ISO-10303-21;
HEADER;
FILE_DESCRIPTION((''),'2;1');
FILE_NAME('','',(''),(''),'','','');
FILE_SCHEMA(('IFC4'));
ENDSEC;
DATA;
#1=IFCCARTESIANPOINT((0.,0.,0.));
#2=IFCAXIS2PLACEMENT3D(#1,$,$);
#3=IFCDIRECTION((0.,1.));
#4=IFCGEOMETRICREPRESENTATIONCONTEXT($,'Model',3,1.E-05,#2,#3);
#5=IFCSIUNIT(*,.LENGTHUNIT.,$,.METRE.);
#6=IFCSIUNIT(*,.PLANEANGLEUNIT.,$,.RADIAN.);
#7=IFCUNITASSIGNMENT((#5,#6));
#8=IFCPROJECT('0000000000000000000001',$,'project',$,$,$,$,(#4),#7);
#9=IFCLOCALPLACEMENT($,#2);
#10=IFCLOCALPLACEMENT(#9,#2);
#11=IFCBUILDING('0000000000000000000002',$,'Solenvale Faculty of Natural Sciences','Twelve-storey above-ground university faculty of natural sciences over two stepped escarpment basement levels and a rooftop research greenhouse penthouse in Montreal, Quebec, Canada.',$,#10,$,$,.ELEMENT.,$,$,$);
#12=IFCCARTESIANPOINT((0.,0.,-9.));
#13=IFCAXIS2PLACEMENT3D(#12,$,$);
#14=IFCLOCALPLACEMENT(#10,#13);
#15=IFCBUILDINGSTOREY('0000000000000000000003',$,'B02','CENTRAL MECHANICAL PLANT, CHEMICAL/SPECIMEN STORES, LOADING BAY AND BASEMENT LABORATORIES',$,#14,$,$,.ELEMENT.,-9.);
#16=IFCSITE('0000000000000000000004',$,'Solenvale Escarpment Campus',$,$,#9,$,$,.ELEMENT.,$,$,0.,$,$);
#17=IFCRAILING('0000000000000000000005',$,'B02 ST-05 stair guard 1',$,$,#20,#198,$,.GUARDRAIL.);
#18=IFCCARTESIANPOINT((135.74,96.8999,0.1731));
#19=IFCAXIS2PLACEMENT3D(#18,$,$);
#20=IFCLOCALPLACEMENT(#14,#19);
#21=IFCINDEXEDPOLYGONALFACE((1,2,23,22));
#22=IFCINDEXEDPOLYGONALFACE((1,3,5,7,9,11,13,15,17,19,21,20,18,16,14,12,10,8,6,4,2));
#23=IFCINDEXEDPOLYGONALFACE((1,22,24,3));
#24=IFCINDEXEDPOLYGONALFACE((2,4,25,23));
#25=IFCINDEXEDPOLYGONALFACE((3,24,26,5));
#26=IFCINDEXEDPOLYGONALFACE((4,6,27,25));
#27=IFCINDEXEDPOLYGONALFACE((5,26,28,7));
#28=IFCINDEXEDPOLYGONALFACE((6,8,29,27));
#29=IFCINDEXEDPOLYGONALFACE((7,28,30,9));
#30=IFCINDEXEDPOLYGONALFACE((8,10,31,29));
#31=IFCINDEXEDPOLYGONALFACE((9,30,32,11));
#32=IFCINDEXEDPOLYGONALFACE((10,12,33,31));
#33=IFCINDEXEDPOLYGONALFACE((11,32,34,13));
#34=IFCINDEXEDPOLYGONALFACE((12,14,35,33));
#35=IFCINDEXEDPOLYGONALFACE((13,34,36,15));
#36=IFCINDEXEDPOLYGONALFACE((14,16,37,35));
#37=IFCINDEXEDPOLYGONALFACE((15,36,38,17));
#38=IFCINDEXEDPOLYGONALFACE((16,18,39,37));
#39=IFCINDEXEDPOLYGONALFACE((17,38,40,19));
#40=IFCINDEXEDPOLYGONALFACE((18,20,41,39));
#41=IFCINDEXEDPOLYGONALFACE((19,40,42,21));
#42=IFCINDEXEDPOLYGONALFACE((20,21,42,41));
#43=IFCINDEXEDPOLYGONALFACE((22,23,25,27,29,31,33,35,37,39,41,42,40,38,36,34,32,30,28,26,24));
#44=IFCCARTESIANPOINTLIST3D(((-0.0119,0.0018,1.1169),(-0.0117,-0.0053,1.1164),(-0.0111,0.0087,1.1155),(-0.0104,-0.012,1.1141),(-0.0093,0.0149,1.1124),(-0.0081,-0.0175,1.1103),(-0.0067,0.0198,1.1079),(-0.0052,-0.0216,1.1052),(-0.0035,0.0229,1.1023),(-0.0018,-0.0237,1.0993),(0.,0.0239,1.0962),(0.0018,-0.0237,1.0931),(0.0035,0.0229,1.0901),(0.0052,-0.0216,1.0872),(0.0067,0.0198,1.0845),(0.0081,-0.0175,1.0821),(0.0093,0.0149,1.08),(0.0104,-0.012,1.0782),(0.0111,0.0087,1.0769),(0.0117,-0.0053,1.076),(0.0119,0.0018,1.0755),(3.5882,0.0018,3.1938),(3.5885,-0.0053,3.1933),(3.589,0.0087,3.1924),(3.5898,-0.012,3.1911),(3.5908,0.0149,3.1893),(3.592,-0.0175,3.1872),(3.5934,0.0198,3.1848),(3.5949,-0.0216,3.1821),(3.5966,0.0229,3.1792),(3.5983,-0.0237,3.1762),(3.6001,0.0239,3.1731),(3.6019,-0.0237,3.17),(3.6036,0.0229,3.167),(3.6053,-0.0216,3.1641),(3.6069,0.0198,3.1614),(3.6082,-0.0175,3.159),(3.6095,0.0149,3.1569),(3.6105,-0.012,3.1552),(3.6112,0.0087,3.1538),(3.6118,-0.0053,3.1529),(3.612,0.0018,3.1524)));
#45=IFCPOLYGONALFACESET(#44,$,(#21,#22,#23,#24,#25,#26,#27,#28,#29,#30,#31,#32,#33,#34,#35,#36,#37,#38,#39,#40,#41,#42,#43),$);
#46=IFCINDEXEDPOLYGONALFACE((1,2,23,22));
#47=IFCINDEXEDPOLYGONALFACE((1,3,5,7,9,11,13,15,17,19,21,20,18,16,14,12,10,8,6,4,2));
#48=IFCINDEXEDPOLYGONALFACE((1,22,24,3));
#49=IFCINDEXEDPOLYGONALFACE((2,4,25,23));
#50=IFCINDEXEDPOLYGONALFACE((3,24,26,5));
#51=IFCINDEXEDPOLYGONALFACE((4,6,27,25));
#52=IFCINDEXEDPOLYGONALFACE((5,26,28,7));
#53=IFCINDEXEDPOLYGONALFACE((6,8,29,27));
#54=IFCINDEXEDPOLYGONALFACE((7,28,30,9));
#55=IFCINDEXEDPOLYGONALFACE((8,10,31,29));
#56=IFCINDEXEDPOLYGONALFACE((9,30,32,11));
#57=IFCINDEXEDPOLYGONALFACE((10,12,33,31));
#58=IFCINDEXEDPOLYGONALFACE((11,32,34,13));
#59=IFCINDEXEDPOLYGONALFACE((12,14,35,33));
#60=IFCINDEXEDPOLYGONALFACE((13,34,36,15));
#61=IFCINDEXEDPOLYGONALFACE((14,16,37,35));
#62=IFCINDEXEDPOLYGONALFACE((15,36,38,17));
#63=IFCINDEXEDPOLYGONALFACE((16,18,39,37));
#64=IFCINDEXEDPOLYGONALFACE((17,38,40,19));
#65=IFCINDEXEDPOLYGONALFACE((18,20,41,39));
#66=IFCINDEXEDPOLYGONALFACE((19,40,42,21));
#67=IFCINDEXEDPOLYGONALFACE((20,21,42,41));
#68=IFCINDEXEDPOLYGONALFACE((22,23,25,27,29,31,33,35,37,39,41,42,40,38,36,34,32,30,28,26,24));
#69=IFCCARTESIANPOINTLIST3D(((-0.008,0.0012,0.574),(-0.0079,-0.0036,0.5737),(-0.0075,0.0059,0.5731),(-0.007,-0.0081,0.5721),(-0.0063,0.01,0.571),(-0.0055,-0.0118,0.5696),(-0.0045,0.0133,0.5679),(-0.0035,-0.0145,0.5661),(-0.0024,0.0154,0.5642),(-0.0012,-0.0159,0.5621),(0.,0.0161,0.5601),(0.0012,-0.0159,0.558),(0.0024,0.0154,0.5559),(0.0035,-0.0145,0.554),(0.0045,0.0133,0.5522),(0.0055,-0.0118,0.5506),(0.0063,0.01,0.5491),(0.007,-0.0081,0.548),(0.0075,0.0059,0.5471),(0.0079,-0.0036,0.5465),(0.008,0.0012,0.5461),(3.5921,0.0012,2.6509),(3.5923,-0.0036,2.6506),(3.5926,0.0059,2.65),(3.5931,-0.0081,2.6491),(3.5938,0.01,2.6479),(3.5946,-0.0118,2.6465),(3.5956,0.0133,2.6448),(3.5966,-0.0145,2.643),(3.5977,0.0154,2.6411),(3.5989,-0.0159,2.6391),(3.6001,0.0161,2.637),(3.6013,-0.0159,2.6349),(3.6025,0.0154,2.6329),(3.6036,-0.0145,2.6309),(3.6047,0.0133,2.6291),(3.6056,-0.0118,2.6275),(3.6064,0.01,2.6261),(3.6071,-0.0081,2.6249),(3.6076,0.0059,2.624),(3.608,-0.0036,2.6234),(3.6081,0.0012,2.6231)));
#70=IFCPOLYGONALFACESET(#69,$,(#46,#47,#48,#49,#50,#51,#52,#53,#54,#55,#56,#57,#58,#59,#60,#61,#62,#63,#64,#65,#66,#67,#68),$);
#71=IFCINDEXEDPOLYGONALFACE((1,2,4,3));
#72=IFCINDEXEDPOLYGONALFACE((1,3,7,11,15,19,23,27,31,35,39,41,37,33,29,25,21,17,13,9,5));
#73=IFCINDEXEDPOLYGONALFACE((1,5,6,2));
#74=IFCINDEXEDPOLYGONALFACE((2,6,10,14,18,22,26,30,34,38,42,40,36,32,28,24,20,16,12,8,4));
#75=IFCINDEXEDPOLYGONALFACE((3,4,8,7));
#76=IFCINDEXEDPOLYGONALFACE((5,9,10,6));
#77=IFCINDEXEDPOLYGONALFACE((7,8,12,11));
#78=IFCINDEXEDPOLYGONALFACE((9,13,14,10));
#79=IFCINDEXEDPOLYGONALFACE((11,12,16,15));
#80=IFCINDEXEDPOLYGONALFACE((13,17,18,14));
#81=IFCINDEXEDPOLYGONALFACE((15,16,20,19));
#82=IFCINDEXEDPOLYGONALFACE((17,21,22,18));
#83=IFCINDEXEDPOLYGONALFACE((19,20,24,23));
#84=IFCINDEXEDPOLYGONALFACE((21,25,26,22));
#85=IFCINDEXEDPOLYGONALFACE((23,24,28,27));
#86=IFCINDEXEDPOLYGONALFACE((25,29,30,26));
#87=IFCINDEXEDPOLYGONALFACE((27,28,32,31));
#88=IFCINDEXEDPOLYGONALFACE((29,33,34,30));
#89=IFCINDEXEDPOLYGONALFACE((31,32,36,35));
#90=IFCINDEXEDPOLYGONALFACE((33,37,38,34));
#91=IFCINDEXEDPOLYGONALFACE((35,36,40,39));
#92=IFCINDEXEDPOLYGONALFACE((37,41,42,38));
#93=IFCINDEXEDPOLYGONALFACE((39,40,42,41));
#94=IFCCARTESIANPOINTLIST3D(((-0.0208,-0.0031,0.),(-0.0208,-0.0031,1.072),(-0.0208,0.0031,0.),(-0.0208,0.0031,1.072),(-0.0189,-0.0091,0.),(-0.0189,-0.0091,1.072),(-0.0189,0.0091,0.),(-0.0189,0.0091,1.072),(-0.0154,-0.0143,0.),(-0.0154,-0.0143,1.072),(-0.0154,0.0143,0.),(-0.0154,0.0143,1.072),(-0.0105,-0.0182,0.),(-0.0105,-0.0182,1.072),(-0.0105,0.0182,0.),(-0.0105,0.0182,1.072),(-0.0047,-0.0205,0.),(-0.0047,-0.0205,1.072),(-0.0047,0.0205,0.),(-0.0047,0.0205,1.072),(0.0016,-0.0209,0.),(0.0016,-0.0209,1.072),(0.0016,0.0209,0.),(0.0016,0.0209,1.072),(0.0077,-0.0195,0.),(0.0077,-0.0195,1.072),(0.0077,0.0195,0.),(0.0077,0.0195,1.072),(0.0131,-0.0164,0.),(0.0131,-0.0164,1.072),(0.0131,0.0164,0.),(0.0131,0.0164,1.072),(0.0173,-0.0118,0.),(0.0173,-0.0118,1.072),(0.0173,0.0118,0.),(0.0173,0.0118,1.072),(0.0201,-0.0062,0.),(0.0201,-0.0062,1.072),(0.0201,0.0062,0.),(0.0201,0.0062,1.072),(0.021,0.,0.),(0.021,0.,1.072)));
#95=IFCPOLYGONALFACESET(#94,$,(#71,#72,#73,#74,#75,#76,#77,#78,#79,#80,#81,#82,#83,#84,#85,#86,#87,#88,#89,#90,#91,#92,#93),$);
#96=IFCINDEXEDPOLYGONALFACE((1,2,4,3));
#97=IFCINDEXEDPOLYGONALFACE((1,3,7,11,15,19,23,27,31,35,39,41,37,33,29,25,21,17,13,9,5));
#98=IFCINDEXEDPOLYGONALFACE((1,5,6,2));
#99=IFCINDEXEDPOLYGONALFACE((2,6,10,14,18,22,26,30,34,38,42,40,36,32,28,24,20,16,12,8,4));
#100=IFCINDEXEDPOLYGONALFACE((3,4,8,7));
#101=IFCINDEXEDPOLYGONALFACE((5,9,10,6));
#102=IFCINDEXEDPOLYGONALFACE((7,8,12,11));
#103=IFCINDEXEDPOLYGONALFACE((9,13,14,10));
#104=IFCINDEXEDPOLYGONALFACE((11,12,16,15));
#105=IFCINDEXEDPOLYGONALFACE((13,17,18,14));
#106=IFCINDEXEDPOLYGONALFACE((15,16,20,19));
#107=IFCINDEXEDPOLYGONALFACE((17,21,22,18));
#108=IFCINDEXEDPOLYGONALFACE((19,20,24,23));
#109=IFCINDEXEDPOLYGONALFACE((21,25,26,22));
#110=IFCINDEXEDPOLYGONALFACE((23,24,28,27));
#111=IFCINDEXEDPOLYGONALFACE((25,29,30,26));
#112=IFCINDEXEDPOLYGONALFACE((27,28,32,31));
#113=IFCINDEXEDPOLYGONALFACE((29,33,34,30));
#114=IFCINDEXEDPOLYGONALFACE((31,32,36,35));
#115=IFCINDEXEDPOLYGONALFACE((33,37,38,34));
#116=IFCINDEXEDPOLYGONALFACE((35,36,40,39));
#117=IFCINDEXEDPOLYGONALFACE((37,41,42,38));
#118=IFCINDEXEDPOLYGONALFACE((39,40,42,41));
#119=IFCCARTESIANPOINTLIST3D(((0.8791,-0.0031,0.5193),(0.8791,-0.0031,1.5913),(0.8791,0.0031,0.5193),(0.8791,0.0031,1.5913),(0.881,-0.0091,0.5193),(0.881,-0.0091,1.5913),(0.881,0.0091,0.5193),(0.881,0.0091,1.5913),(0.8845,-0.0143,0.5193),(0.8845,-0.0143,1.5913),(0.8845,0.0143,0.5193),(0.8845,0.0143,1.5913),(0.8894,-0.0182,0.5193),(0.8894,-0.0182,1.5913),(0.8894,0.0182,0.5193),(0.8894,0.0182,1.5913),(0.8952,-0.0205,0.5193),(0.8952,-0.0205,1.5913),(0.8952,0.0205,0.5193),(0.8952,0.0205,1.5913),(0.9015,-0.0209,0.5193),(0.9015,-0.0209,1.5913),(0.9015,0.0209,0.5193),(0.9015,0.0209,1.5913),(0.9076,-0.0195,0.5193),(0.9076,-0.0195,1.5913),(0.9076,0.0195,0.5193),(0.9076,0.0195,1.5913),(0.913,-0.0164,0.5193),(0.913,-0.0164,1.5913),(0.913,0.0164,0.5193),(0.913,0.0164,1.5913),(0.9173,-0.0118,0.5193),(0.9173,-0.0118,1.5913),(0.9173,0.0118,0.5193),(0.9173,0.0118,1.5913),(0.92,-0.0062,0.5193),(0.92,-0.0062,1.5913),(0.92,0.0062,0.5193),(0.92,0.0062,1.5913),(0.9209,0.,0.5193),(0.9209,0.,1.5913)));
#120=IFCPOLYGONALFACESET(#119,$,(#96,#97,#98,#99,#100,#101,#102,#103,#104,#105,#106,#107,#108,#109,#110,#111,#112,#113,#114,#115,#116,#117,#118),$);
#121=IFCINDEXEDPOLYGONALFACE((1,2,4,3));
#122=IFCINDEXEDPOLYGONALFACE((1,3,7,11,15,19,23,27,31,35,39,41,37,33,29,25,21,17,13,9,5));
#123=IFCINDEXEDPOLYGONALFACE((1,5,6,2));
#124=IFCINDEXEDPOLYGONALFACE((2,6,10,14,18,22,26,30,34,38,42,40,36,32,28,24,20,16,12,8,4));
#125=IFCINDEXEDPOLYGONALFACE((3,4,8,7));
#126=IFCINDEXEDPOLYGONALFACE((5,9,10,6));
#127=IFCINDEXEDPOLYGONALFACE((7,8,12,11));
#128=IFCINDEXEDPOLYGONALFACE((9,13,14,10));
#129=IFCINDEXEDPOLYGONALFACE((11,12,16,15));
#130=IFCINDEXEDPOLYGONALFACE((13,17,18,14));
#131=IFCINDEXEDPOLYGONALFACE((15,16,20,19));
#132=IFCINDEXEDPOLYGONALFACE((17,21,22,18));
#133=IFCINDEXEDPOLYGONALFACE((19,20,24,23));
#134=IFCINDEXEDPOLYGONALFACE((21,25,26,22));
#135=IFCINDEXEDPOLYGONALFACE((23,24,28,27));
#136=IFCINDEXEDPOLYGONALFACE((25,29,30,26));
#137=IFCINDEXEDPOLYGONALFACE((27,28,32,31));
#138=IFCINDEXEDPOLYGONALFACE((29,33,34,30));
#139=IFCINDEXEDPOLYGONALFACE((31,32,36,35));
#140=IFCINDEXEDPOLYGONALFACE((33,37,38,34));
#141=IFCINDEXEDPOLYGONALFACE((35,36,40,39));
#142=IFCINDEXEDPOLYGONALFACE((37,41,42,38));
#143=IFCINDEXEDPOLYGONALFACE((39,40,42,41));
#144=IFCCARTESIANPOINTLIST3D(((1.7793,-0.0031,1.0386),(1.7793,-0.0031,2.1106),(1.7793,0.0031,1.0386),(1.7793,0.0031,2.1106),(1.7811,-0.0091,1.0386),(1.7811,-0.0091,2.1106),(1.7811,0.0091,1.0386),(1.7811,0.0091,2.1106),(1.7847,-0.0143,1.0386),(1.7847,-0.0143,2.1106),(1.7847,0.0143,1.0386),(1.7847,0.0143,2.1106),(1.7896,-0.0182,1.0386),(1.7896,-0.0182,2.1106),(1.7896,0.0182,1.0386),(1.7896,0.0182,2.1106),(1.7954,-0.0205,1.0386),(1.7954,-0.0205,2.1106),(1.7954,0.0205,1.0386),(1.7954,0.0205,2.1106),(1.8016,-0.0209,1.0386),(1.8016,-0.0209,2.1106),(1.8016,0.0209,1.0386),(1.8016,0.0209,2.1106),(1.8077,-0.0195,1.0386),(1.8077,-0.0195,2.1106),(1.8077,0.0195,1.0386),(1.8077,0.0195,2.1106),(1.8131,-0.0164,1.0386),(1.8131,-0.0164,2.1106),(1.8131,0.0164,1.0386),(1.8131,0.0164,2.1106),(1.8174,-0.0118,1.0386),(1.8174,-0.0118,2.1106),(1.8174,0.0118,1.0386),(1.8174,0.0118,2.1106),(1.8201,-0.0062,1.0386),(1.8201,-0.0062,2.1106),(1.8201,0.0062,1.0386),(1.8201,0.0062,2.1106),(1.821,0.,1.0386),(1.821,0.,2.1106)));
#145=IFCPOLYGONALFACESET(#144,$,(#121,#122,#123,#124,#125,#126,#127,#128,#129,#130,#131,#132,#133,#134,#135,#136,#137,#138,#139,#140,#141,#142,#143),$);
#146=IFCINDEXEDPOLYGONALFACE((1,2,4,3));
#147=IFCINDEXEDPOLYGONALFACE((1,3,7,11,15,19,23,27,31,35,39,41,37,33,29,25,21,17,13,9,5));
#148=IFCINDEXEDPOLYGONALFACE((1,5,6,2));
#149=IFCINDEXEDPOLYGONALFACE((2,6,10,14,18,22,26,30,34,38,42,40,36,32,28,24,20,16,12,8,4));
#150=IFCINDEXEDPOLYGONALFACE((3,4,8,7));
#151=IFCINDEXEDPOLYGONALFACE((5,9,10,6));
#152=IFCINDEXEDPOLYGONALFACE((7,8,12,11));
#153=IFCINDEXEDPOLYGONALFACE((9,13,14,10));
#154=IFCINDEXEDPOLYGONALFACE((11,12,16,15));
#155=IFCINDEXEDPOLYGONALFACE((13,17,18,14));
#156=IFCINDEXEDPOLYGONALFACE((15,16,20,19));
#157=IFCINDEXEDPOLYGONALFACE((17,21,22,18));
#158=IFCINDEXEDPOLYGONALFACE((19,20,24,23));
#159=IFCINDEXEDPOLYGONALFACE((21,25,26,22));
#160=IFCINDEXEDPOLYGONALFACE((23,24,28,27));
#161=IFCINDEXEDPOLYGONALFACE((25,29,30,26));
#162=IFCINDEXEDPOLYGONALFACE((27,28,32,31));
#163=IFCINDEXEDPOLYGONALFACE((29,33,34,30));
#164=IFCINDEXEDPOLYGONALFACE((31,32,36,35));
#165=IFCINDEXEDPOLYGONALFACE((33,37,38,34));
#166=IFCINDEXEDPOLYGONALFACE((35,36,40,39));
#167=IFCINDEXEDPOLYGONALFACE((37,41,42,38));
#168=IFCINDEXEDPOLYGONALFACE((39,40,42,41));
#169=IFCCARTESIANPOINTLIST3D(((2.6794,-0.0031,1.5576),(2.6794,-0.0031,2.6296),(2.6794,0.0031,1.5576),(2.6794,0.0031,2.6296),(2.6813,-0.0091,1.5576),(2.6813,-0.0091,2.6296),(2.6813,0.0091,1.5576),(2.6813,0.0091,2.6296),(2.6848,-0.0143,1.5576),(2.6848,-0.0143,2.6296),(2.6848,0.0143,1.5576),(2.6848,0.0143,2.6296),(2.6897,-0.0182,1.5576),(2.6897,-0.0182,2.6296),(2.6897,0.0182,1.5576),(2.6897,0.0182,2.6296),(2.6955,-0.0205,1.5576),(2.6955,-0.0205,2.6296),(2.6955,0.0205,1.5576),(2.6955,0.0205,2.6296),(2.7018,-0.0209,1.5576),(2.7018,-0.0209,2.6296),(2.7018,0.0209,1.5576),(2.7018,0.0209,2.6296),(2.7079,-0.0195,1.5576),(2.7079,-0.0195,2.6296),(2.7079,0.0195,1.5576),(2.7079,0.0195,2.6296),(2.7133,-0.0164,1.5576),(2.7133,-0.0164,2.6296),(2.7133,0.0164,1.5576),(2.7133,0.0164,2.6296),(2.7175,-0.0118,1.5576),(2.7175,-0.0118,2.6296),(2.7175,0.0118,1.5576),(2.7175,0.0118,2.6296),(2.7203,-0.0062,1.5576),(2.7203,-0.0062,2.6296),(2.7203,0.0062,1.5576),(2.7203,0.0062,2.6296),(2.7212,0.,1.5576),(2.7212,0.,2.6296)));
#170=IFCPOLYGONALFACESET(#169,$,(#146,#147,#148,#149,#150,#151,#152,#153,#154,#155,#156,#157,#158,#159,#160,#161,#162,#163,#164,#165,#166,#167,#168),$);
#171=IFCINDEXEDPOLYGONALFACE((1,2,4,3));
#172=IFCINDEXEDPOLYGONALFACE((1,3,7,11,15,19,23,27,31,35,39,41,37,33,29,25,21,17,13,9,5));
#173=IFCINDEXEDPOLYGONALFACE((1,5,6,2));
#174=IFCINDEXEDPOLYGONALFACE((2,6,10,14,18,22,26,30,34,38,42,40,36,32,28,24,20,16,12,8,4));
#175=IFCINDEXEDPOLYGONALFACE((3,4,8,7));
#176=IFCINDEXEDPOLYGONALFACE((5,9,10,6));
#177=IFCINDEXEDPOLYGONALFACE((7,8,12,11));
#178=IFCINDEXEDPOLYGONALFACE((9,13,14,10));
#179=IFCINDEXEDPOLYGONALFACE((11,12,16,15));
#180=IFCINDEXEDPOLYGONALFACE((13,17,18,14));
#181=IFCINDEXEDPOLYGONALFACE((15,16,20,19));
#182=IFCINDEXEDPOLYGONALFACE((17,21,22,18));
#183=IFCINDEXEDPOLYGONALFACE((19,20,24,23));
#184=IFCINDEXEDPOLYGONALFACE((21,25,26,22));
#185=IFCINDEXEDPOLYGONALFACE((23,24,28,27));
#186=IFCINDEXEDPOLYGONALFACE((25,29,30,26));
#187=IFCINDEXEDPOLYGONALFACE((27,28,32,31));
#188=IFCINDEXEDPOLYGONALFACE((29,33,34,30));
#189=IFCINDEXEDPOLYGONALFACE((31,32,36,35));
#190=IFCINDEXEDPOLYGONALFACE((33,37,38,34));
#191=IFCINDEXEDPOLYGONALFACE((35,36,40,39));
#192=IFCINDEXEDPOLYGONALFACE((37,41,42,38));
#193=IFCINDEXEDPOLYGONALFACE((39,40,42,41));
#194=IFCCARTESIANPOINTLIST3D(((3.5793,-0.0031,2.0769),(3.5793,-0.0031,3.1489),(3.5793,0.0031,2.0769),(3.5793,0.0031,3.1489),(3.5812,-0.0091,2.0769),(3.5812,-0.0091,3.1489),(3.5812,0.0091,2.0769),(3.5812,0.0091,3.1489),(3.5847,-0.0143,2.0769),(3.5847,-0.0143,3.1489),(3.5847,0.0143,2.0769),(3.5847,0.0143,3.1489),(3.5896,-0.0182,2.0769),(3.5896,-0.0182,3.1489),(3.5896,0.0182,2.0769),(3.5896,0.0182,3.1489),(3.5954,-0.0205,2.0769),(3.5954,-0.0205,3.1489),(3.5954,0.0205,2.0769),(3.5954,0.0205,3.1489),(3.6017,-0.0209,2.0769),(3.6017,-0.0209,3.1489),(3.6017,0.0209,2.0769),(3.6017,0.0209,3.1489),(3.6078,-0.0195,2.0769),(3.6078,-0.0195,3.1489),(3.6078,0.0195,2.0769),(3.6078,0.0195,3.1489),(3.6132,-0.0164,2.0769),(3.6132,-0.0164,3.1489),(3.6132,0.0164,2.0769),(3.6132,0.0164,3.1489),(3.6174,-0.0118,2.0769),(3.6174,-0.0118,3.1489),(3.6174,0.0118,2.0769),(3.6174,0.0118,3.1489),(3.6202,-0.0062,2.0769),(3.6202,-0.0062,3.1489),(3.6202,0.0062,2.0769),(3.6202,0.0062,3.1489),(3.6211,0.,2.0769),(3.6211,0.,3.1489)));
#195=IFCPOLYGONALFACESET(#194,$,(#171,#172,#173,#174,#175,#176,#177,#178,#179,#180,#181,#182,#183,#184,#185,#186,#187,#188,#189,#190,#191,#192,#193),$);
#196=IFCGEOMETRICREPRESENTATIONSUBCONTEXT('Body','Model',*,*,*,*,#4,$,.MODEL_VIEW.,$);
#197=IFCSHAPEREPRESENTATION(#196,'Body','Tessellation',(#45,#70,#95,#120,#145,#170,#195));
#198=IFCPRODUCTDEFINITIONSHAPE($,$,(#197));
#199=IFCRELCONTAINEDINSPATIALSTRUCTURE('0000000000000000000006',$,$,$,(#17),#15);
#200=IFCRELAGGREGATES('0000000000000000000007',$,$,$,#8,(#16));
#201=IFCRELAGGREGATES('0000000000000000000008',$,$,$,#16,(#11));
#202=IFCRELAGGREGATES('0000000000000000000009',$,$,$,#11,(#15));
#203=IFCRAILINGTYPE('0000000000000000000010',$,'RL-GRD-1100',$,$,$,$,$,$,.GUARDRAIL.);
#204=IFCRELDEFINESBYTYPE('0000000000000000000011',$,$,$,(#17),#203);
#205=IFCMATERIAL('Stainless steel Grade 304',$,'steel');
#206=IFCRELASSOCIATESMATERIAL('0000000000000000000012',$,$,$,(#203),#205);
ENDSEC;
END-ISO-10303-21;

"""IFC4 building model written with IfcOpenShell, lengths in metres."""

from ifc_helpers import new_model, si_unit, direction, frame, origin, origin_2d, place, context, subcontext, project, spatial, circle, extrude, material, type_object, element, save


model = new_model("IFC4")

# Units and contexts
model_context = context("Model", 3, precision=1e-05, world=origin(), true_north=direction((0.0, 1.0)))
body_context = subcontext(model_context, "Body", "Model", "MODEL_VIEW")
ifc_project = project(units=[si_unit("LENGTHUNIT", "METRE"), si_unit("PLANEANGLEUNIT", "RADIAN")], contexts=[model_context])

# Site, building, storey
site_placement = place(None, origin())
site = spatial("IfcSite", under=ifc_project, at=site_placement, Name="Solenvale Escarpment Campus", CompositionType="ELEMENT", RefElevation=0.0)
building_placement = place(site_placement, origin())
building = spatial("IfcBuilding", under=site, at=building_placement, Name="Solenvale Faculty of Natural Sciences", Description="Twelve-storey above-ground university faculty of natural sciences over two stepped escarpment basement levels and a rooftop research greenhouse penthouse in Montreal, Quebec, Canada.", CompositionType="ELEMENT")
storey_placement = place(building_placement, frame((0.0, 0.0, -9.0)))
storey = spatial("IfcBuildingStorey", under=building, at=storey_placement, Name="B02", Description="CENTRAL MECHANICAL PLANT, CHEMICAL/SPECIMEN STORES, LOADING BAY AND BASEMENT LABORATORIES", CompositionType="ELEMENT", Elevation=-9.0)

# Railing
ifc_material_1 = material(Name="Stainless steel Grade 304", Category="steel")
railing_type_1 = type_object("IfcRailingType", Name="RL-GRD-1100", PredefinedType="GUARDRAIL", material=ifc_material_1)
railing_1_placement = place(storey_placement, frame((135.74, 96.8999, 0.1731)))
element("IfcRailing", 1, at=railing_1_placement, inside=storey, type_object=railing_type_1, Name="B02 ST-05 stair guard 1", PredefinedType="GUARDRAIL", context=body_context, shape_type="SweptSolid", body=[
    extrude(circle(Radius=0.0239, at=origin_2d()), frame((0.0, 0.0, 1.0962), z_axis=(0.866193, 0.0, 0.499709), x_axis=(0.0, 1.0, 0.0)), (0.0, 0.0, 1.0), 4.1562),
    extrude(circle(Radius=0.0161, at=origin_2d()), frame((0.0, 0.0, 0.5601), z_axis=(0.866193, 0.0, 0.499709), x_axis=(0.0, 1.0, 0.0)), (0.0, 0.0, 1.0), 4.1562),
    extrude(circle(Radius=0.021, at=origin_2d()), origin(), (0.0, 0.0, 1.0), 1.072),
    extrude(circle(Radius=0.021, at=origin_2d()), frame((0.8999, 0.0, 0.5193)), (0.0, 0.0, 1.0), 1.072),
    extrude(circle(Radius=0.021, at=origin_2d()), frame((1.8, 0.0, 1.0386)), (0.0, 0.0, 1.0), 1.072),
    extrude(circle(Radius=0.021, at=origin_2d()), frame((2.7002, 0.0, 1.5576)), (0.0, 0.0, 1.0), 1.072),
    extrude(circle(Radius=0.021, at=origin_2d()), frame((3.6001, 0.0, 2.0769)), (0.0, 0.0, 1.0), 1.072),
])

save(model, "model.ifc")
